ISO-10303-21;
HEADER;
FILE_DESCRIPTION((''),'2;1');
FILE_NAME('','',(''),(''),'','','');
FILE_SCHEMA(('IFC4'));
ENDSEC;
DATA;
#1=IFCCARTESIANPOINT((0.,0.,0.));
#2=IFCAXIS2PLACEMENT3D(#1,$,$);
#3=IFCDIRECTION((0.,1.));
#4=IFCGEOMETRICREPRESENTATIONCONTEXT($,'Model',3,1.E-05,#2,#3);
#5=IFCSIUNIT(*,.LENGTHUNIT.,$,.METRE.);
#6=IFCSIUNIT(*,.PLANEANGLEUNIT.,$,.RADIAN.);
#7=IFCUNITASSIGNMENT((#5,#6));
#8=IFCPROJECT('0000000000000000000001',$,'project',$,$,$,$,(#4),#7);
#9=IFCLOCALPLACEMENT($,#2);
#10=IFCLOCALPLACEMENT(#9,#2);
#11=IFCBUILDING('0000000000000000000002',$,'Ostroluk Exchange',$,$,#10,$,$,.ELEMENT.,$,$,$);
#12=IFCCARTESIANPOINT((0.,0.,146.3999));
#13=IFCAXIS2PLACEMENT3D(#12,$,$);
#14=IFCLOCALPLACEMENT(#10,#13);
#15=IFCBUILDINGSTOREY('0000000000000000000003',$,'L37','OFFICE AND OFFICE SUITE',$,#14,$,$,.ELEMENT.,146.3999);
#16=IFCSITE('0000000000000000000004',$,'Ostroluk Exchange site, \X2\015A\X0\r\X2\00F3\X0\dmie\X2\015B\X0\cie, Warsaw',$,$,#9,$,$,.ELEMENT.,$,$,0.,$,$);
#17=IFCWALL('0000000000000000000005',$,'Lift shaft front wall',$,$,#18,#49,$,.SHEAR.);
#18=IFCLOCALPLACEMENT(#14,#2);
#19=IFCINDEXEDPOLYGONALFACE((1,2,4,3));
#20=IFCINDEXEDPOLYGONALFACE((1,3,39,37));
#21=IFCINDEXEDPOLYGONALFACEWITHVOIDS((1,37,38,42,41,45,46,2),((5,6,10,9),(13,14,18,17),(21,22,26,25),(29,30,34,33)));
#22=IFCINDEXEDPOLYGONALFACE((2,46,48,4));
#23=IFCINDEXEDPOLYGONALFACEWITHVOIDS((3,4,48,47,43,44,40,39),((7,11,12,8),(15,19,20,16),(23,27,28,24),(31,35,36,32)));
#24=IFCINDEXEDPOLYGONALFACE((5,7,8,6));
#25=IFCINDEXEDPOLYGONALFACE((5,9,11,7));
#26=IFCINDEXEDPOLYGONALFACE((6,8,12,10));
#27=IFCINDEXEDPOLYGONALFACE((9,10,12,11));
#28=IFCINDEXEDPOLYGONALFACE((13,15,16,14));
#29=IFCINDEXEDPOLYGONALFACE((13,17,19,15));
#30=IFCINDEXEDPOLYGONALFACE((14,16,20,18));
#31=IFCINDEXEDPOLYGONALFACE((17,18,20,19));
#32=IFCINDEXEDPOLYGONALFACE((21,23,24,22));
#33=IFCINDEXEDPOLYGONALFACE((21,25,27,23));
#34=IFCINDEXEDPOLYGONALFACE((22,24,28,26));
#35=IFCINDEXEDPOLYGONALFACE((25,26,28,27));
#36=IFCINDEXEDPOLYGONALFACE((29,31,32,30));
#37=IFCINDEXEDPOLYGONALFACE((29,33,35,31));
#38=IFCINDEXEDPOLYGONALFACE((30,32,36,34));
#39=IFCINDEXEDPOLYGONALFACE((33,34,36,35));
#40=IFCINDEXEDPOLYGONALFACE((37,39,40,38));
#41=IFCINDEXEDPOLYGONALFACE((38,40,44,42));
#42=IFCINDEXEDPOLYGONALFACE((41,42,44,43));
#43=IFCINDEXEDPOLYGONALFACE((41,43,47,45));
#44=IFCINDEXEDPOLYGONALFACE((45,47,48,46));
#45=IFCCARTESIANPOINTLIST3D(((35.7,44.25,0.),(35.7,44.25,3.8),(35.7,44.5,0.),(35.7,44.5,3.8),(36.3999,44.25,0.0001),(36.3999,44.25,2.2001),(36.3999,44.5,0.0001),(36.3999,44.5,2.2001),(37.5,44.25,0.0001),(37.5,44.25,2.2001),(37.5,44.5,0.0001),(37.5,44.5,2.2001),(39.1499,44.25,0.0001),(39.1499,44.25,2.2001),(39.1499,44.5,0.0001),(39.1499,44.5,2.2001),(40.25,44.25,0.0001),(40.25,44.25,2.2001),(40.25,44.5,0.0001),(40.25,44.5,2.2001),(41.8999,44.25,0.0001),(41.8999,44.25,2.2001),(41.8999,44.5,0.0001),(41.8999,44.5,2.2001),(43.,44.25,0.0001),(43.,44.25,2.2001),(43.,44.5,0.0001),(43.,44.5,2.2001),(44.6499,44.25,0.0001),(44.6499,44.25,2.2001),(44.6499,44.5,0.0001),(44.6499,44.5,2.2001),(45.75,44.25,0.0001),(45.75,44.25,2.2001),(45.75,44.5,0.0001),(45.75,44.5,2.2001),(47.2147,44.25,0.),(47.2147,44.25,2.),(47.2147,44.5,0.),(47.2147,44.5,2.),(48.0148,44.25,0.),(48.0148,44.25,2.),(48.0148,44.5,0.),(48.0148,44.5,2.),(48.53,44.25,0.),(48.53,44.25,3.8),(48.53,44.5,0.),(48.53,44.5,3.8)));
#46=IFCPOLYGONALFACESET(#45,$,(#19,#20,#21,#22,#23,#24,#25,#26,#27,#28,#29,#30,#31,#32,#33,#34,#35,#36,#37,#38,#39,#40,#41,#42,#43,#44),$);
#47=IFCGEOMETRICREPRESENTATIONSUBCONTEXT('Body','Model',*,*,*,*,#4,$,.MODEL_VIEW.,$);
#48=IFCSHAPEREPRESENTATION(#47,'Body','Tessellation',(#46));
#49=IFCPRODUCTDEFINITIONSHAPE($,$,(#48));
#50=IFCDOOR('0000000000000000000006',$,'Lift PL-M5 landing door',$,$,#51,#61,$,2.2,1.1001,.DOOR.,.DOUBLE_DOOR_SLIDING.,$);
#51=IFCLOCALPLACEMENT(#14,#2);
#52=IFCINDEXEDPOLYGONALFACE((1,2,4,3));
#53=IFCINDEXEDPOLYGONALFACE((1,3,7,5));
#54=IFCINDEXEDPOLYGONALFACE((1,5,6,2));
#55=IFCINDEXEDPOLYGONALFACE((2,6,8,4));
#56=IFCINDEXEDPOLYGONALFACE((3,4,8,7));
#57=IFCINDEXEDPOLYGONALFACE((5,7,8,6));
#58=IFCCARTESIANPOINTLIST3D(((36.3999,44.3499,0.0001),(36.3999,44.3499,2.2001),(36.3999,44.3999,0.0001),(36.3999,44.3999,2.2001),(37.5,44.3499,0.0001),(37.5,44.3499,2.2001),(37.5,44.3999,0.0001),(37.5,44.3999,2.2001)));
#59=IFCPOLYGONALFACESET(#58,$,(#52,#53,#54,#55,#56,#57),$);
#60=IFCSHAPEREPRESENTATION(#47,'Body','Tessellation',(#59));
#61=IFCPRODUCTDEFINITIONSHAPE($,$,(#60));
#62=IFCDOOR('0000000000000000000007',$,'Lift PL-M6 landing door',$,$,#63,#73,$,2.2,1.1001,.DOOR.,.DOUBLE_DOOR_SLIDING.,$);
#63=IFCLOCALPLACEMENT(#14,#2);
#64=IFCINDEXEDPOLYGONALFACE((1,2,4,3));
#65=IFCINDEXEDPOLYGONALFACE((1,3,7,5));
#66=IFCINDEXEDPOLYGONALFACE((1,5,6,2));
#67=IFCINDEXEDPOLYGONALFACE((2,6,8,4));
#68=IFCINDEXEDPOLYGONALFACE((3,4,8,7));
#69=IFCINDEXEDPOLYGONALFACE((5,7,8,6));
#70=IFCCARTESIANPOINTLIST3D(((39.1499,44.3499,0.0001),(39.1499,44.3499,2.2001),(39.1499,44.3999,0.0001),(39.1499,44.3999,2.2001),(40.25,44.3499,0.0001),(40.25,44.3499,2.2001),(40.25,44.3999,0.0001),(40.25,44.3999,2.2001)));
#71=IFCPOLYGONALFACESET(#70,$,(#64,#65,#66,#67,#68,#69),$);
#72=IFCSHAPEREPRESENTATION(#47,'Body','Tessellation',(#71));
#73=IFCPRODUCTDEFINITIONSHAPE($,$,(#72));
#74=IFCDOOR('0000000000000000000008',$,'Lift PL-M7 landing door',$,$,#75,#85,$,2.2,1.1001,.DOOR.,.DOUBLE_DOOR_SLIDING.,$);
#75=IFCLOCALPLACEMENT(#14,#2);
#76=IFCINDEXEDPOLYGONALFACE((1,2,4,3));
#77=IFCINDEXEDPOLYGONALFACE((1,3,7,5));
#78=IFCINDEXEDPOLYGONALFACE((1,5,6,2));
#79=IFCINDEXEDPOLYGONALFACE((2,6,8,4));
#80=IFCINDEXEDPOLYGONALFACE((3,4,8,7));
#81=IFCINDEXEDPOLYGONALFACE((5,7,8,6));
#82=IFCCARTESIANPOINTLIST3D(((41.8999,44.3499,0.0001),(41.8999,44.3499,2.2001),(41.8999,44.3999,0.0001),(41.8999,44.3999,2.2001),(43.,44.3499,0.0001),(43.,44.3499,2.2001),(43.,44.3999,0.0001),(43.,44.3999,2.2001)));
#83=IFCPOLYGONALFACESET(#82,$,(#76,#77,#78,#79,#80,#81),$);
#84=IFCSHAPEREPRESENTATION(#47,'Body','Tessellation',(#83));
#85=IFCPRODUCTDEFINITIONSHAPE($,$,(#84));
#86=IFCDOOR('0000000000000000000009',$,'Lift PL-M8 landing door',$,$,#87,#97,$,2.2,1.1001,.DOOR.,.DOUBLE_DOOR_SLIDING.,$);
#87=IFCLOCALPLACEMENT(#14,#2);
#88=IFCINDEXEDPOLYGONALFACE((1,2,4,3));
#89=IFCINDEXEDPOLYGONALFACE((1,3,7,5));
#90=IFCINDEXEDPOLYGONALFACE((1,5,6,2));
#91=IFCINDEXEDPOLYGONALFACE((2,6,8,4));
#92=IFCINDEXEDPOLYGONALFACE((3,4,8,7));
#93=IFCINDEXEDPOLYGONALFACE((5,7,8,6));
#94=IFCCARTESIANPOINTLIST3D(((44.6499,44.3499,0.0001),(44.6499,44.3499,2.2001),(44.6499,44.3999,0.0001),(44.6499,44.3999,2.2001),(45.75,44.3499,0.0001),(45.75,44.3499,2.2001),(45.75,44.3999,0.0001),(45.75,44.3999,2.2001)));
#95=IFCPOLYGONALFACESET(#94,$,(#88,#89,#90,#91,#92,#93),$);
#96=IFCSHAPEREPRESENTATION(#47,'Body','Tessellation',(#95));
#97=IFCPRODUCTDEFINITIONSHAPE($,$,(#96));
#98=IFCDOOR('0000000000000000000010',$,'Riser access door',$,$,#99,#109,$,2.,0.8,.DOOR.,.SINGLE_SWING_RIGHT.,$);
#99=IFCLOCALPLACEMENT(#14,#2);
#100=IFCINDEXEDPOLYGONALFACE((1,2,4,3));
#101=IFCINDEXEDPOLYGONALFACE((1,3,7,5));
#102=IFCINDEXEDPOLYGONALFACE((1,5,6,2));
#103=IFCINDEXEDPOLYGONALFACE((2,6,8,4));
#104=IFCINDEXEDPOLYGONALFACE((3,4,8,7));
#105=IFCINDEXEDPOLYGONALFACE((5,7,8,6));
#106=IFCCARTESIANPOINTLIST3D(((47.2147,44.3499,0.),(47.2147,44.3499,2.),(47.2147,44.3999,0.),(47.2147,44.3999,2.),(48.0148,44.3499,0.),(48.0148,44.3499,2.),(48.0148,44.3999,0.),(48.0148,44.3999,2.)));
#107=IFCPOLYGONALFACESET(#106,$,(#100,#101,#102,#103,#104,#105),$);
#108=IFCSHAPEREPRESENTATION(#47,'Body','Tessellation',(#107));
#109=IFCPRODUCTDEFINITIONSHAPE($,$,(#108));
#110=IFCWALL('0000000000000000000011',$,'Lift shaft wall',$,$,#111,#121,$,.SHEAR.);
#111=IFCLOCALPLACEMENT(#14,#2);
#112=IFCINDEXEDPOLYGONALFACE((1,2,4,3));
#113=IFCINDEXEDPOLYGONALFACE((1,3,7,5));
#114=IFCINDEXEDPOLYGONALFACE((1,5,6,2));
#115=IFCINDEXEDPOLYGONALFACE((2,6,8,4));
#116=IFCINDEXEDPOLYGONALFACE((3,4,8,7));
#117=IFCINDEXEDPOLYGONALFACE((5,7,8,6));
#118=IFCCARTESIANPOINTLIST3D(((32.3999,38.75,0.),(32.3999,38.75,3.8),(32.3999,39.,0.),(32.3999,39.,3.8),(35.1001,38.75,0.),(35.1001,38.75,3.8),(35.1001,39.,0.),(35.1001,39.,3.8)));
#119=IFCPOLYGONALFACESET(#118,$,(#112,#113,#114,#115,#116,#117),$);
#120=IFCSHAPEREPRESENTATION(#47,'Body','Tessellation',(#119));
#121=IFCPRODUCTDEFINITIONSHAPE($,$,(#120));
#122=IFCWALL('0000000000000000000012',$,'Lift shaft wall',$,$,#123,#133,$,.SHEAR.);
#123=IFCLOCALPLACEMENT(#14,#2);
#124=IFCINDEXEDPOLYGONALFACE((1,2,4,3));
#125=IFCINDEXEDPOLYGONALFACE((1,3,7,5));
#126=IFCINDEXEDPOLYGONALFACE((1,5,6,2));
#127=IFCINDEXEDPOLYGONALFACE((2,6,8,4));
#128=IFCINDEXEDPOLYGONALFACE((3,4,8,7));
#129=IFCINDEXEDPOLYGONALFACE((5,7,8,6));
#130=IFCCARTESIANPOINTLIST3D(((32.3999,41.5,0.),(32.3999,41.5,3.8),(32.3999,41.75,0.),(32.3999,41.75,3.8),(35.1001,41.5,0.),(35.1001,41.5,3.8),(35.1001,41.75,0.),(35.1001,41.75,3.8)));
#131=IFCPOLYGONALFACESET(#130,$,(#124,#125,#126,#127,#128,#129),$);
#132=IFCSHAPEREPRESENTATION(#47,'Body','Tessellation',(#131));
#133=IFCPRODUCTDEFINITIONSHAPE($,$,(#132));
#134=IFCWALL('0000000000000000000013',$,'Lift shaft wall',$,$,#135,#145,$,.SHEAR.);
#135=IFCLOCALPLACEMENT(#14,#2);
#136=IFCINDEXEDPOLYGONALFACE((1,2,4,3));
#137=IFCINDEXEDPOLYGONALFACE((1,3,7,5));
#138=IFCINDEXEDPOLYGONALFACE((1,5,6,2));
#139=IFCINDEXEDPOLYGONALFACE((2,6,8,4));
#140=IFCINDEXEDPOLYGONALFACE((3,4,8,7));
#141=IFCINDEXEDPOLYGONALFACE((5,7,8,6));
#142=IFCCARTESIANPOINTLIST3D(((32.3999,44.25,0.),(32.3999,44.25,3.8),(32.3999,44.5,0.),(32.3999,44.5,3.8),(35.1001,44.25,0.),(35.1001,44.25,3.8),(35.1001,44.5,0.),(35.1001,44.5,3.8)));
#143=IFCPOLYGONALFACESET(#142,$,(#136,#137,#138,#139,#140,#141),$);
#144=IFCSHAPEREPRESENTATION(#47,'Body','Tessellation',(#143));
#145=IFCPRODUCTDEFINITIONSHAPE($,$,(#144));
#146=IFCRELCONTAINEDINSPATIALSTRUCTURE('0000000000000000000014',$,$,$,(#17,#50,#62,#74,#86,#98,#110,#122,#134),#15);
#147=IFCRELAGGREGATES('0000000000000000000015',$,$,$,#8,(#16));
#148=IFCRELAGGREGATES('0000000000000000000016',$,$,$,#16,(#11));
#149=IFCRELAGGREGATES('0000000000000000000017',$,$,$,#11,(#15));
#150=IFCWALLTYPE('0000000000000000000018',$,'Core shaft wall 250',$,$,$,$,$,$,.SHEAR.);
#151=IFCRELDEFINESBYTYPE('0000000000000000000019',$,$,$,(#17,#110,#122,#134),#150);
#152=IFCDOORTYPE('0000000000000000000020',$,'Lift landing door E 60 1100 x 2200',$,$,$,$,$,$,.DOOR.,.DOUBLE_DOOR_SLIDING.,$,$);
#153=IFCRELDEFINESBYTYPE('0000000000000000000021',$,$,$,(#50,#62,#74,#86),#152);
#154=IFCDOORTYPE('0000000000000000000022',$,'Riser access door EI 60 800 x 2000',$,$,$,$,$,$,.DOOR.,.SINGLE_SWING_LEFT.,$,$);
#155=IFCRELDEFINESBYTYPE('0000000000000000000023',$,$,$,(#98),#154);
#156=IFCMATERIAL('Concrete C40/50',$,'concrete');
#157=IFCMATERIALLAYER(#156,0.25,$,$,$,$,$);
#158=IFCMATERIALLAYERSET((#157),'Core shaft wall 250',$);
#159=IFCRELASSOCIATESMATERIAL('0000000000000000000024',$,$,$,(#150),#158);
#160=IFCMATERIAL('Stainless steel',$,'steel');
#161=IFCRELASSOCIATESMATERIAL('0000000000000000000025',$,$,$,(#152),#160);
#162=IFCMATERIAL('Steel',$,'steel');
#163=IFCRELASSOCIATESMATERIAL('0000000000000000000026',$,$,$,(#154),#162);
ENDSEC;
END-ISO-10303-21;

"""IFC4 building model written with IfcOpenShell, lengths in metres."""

from ifc_helpers import new_model, si_unit, direction, frame, frame_2d, origin, place, context, subcontext, project, spatial, rectangle, extrude, material, layer, layer_set, type_object, element, fill, save


model = new_model("IFC4")

# Units and contexts
model_context = context("Model", 3, precision=1e-05, world=origin(), true_north=direction((0.0, 1.0)))
body_context = subcontext(model_context, "Body", "Model", "MODEL_VIEW")
ifc_project = project(units=[si_unit("LENGTHUNIT", "METRE"), si_unit("PLANEANGLEUNIT", "RADIAN")], contexts=[model_context])

# Site, building, storey
site_placement = place(None, origin())
site = spatial("IfcSite", under=ifc_project, at=site_placement, Name="Ostroluk Exchange site, Śródmieście, Warsaw", CompositionType="ELEMENT", RefElevation=0.0)
building_placement = place(site_placement, origin())
building = spatial("IfcBuilding", under=site, at=building_placement, Name="Ostroluk Exchange", CompositionType="ELEMENT")
storey_placement = place(building_placement, frame((0.0, 0.0, 146.3999)))
storey = spatial("IfcBuildingStorey", under=building, at=storey_placement, Name="L37", Description="OFFICE AND OFFICE SUITE", CompositionType="ELEMENT", Elevation=146.3999)

# Shared definitions
ifc_material_1 = material(Name="Concrete C40/50", Category="concrete")
ifc_layer_1 = layer(ifc_material_1, 0.25)
ifc_layer_set_1 = layer_set([ifc_layer_1], Name="Core shaft wall 250")
wall_type_1 = type_object("IfcWallType", Name="Core shaft wall 250", PredefinedType="SHEAR", material=ifc_layer_set_1)

# Wall, openings, doors
wall_1_placement = place(storey_placement, frame((35.7, 44.375, 0.0), z_axis=(0.0, 0.0, 1.0), x_axis=(1.0, 0.0, 0.0)))
wall_1 = element("IfcWall", 1, at=wall_1_placement, inside=storey, type_object=wall_type_1, Name="Lift shaft front wall", PredefinedType="SHEAR", context=body_context, shape_type="SweptSolid", body=[
    extrude(rectangle(XDim=12.8301, YDim=0.25, at=frame_2d((6.415, 0.0))), origin(), (0.0, 0.0, 1.0), 3.8),
])
opening_1_placement = place(wall_1_placement, frame((0.7, 0.0, 0.0)))
opening_1 = element("IfcOpeningElement", 2, at=opening_1_placement, cuts=wall_1, PredefinedType="OPENING", context=body_context, shape_type="SweptSolid", body=[
    extrude(rectangle(XDim=1.1001, YDim=2.2, at=frame_2d((0.55, 1.1001))), frame((0.0, 0.135, 0.0), z_axis=(0.0, -1.0, 0.0), x_axis=(1.0, 0.0, 0.0)), (0.0, 0.0, 1.0), 0.27),
])
opening_2_placement = place(wall_1_placement, frame((3.45, 0.0, 0.0)))
opening_2 = element("IfcOpeningElement", 3, at=opening_2_placement, cuts=wall_1, PredefinedType="OPENING", context=body_context, shape_type="SweptSolid", body=[
    extrude(rectangle(XDim=1.1001, YDim=2.2, at=frame_2d((0.55, 1.1001))), frame((0.0, 0.135, 0.0), z_axis=(0.0, -1.0, 0.0), x_axis=(1.0, 0.0, 0.0)), (0.0, 0.0, 1.0), 0.27),
])
opening_3_placement = place(wall_1_placement, frame((6.2, 0.0, 0.0)))
opening_3 = element("IfcOpeningElement", 4, at=opening_3_placement, cuts=wall_1, PredefinedType="OPENING", context=body_context, shape_type="SweptSolid", body=[
    extrude(rectangle(XDim=1.1001, YDim=2.2, at=frame_2d((0.55, 1.1001))), frame((0.0, 0.135, 0.0), z_axis=(0.0, -1.0, 0.0), x_axis=(1.0, 0.0, 0.0)), (0.0, 0.0, 1.0), 0.27),
])
opening_4_placement = place(wall_1_placement, frame((8.95, 0.0, 0.0)))
opening_4 = element("IfcOpeningElement", 5, at=opening_4_placement, cuts=wall_1, PredefinedType="OPENING", context=body_context, shape_type="SweptSolid", body=[
    extrude(rectangle(XDim=1.1001, YDim=2.2, at=frame_2d((0.55, 1.1001))), frame((0.0, 0.135, 0.0), z_axis=(0.0, -1.0, 0.0), x_axis=(1.0, 0.0, 0.0)), (0.0, 0.0, 1.0), 0.27),
])
opening_5_placement = place(wall_1_placement, frame((11.5149, 0.0, 0.0)))
opening_5 = element("IfcOpeningElement", 6, at=opening_5_placement, cuts=wall_1, PredefinedType="OPENING", context=body_context, shape_type="SweptSolid", body=[
    extrude(rectangle(XDim=0.8, YDim=2.0, at=frame_2d((0.3999, 1.0))), frame((0.0, 0.135, 0.0), z_axis=(0.0, -1.0, 0.0), x_axis=(1.0, 0.0, 0.0)), (0.0, 0.0, 1.0), 0.27),
])
ifc_material_2 = material(Name="Stainless steel", Category="steel")
door_type_1 = type_object("IfcDoorType", Name="Lift landing door E 60 1100 x 2200", OperationType="DOUBLE_DOOR_SLIDING", PredefinedType="DOOR", material=ifc_material_2)
door_1_placement = place(opening_1_placement, origin())
door_1 = element("IfcDoor", 7, at=door_1_placement, inside=storey, type_object=door_type_1, Name="Lift PL-M5 landing door", OperationType="DOUBLE_DOOR_SLIDING", OverallHeight=2.2, OverallWidth=1.1001, PredefinedType="DOOR", context=body_context, shape_type="SweptSolid", body=[
    extrude(rectangle(XDim=1.1001, YDim=2.2, at=frame_2d((0.55, 1.1001))), frame((0.0, 0.0249, 0.0), z_axis=(0.0, -1.0, 0.0), x_axis=(1.0, 0.0, 0.0)), (0.0, 0.0, 1.0), 0.05),
])
fill(opening_1, door_1)
door_2_placement = place(opening_2_placement, origin())
door_2 = element("IfcDoor", 8, at=door_2_placement, inside=storey, type_object=door_type_1, Name="Lift PL-M6 landing door", OperationType="DOUBLE_DOOR_SLIDING", OverallHeight=2.2, OverallWidth=1.1001, PredefinedType="DOOR", context=body_context, shape_type="SweptSolid", body=[
    extrude(rectangle(XDim=1.1001, YDim=2.2, at=frame_2d((0.55, 1.1001))), frame((0.0, 0.0249, 0.0), z_axis=(0.0, -1.0, 0.0), x_axis=(1.0, 0.0, 0.0)), (0.0, 0.0, 1.0), 0.05),
])
fill(opening_2, door_2)
door_3_placement = place(opening_3_placement, origin())
door_3 = element("IfcDoor", 9, at=door_3_placement, inside=storey, type_object=door_type_1, Name="Lift PL-M7 landing door", OperationType="DOUBLE_DOOR_SLIDING", OverallHeight=2.2, OverallWidth=1.1001, PredefinedType="DOOR", context=body_context, shape_type="SweptSolid", body=[
    extrude(rectangle(XDim=1.1001, YDim=2.2, at=frame_2d((0.55, 1.1001))), frame((0.0, 0.0249, 0.0), z_axis=(0.0, -1.0, 0.0), x_axis=(1.0, 0.0, 0.0)), (0.0, 0.0, 1.0), 0.05),
])
fill(opening_3, door_3)
door_4_placement = place(opening_4_placement, origin())
door_4 = element("IfcDoor", 10, at=door_4_placement, inside=storey, type_object=door_type_1, Name="Lift PL-M8 landing door", OperationType="DOUBLE_DOOR_SLIDING", OverallHeight=2.2, OverallWidth=1.1001, PredefinedType="DOOR", context=body_context, shape_type="SweptSolid", body=[
    extrude(rectangle(XDim=1.1001, YDim=2.2, at=frame_2d((0.55, 1.1001))), frame((0.0, 0.0249, 0.0), z_axis=(0.0, -1.0, 0.0), x_axis=(1.0, 0.0, 0.0)), (0.0, 0.0, 1.0), 0.05),
])
fill(opening_4, door_4)
ifc_material_3 = material(Name="Steel", Category="steel")
door_type_2 = type_object("IfcDoorType", Name="Riser access door EI 60 800 x 2000", OperationType="SINGLE_SWING_LEFT", PredefinedType="DOOR", material=ifc_material_3)
door_5_placement = place(opening_5_placement, origin())
door_5 = element("IfcDoor", 11, at=door_5_placement, inside=storey, type_object=door_type_2, Name="Riser access door", OperationType="SINGLE_SWING_RIGHT", OverallHeight=2.0, OverallWidth=0.8, PredefinedType="DOOR", context=body_context, shape_type="SweptSolid", body=[
    extrude(rectangle(XDim=0.8, YDim=2.0, at=frame_2d((0.3999, 1.0))), frame((0.0, 0.0249, 0.0), z_axis=(0.0, -1.0, 0.0), x_axis=(1.0, 0.0, 0.0)), (0.0, 0.0, 1.0), 0.05),
])
fill(opening_5, door_5)

# Walls
for number, where, z_axis, x_axis, name in (
    (12, (32.3999, 38.875, 0.0), (0.0, 0.0, 1.0), (1.0, 0.0, 0.0), "Lift shaft wall"),
    (13, (32.3999, 41.625, 0.0), (0.0, 0.0, 1.0), (1.0, 0.0, 0.0), "Lift shaft wall"),
    (14, (32.3999, 44.375, 0.0), (0.0, 0.0, 1.0), (1.0, 0.0, 0.0), "Lift shaft wall"),
):
    element("IfcWall", number, at=place(storey_placement, frame(where, z_axis=z_axis, x_axis=x_axis)), inside=storey, type_object=wall_type_1, Name=name, PredefinedType="SHEAR", context=body_context, shape_type="SweptSolid", body=[
        extrude(rectangle(XDim=2.7002, YDim=0.25, at=frame_2d((1.3501, 0.0))), origin(), (0.0, 0.0, 1.0), 3.8),
    ])

save(model, "model.ifc")
